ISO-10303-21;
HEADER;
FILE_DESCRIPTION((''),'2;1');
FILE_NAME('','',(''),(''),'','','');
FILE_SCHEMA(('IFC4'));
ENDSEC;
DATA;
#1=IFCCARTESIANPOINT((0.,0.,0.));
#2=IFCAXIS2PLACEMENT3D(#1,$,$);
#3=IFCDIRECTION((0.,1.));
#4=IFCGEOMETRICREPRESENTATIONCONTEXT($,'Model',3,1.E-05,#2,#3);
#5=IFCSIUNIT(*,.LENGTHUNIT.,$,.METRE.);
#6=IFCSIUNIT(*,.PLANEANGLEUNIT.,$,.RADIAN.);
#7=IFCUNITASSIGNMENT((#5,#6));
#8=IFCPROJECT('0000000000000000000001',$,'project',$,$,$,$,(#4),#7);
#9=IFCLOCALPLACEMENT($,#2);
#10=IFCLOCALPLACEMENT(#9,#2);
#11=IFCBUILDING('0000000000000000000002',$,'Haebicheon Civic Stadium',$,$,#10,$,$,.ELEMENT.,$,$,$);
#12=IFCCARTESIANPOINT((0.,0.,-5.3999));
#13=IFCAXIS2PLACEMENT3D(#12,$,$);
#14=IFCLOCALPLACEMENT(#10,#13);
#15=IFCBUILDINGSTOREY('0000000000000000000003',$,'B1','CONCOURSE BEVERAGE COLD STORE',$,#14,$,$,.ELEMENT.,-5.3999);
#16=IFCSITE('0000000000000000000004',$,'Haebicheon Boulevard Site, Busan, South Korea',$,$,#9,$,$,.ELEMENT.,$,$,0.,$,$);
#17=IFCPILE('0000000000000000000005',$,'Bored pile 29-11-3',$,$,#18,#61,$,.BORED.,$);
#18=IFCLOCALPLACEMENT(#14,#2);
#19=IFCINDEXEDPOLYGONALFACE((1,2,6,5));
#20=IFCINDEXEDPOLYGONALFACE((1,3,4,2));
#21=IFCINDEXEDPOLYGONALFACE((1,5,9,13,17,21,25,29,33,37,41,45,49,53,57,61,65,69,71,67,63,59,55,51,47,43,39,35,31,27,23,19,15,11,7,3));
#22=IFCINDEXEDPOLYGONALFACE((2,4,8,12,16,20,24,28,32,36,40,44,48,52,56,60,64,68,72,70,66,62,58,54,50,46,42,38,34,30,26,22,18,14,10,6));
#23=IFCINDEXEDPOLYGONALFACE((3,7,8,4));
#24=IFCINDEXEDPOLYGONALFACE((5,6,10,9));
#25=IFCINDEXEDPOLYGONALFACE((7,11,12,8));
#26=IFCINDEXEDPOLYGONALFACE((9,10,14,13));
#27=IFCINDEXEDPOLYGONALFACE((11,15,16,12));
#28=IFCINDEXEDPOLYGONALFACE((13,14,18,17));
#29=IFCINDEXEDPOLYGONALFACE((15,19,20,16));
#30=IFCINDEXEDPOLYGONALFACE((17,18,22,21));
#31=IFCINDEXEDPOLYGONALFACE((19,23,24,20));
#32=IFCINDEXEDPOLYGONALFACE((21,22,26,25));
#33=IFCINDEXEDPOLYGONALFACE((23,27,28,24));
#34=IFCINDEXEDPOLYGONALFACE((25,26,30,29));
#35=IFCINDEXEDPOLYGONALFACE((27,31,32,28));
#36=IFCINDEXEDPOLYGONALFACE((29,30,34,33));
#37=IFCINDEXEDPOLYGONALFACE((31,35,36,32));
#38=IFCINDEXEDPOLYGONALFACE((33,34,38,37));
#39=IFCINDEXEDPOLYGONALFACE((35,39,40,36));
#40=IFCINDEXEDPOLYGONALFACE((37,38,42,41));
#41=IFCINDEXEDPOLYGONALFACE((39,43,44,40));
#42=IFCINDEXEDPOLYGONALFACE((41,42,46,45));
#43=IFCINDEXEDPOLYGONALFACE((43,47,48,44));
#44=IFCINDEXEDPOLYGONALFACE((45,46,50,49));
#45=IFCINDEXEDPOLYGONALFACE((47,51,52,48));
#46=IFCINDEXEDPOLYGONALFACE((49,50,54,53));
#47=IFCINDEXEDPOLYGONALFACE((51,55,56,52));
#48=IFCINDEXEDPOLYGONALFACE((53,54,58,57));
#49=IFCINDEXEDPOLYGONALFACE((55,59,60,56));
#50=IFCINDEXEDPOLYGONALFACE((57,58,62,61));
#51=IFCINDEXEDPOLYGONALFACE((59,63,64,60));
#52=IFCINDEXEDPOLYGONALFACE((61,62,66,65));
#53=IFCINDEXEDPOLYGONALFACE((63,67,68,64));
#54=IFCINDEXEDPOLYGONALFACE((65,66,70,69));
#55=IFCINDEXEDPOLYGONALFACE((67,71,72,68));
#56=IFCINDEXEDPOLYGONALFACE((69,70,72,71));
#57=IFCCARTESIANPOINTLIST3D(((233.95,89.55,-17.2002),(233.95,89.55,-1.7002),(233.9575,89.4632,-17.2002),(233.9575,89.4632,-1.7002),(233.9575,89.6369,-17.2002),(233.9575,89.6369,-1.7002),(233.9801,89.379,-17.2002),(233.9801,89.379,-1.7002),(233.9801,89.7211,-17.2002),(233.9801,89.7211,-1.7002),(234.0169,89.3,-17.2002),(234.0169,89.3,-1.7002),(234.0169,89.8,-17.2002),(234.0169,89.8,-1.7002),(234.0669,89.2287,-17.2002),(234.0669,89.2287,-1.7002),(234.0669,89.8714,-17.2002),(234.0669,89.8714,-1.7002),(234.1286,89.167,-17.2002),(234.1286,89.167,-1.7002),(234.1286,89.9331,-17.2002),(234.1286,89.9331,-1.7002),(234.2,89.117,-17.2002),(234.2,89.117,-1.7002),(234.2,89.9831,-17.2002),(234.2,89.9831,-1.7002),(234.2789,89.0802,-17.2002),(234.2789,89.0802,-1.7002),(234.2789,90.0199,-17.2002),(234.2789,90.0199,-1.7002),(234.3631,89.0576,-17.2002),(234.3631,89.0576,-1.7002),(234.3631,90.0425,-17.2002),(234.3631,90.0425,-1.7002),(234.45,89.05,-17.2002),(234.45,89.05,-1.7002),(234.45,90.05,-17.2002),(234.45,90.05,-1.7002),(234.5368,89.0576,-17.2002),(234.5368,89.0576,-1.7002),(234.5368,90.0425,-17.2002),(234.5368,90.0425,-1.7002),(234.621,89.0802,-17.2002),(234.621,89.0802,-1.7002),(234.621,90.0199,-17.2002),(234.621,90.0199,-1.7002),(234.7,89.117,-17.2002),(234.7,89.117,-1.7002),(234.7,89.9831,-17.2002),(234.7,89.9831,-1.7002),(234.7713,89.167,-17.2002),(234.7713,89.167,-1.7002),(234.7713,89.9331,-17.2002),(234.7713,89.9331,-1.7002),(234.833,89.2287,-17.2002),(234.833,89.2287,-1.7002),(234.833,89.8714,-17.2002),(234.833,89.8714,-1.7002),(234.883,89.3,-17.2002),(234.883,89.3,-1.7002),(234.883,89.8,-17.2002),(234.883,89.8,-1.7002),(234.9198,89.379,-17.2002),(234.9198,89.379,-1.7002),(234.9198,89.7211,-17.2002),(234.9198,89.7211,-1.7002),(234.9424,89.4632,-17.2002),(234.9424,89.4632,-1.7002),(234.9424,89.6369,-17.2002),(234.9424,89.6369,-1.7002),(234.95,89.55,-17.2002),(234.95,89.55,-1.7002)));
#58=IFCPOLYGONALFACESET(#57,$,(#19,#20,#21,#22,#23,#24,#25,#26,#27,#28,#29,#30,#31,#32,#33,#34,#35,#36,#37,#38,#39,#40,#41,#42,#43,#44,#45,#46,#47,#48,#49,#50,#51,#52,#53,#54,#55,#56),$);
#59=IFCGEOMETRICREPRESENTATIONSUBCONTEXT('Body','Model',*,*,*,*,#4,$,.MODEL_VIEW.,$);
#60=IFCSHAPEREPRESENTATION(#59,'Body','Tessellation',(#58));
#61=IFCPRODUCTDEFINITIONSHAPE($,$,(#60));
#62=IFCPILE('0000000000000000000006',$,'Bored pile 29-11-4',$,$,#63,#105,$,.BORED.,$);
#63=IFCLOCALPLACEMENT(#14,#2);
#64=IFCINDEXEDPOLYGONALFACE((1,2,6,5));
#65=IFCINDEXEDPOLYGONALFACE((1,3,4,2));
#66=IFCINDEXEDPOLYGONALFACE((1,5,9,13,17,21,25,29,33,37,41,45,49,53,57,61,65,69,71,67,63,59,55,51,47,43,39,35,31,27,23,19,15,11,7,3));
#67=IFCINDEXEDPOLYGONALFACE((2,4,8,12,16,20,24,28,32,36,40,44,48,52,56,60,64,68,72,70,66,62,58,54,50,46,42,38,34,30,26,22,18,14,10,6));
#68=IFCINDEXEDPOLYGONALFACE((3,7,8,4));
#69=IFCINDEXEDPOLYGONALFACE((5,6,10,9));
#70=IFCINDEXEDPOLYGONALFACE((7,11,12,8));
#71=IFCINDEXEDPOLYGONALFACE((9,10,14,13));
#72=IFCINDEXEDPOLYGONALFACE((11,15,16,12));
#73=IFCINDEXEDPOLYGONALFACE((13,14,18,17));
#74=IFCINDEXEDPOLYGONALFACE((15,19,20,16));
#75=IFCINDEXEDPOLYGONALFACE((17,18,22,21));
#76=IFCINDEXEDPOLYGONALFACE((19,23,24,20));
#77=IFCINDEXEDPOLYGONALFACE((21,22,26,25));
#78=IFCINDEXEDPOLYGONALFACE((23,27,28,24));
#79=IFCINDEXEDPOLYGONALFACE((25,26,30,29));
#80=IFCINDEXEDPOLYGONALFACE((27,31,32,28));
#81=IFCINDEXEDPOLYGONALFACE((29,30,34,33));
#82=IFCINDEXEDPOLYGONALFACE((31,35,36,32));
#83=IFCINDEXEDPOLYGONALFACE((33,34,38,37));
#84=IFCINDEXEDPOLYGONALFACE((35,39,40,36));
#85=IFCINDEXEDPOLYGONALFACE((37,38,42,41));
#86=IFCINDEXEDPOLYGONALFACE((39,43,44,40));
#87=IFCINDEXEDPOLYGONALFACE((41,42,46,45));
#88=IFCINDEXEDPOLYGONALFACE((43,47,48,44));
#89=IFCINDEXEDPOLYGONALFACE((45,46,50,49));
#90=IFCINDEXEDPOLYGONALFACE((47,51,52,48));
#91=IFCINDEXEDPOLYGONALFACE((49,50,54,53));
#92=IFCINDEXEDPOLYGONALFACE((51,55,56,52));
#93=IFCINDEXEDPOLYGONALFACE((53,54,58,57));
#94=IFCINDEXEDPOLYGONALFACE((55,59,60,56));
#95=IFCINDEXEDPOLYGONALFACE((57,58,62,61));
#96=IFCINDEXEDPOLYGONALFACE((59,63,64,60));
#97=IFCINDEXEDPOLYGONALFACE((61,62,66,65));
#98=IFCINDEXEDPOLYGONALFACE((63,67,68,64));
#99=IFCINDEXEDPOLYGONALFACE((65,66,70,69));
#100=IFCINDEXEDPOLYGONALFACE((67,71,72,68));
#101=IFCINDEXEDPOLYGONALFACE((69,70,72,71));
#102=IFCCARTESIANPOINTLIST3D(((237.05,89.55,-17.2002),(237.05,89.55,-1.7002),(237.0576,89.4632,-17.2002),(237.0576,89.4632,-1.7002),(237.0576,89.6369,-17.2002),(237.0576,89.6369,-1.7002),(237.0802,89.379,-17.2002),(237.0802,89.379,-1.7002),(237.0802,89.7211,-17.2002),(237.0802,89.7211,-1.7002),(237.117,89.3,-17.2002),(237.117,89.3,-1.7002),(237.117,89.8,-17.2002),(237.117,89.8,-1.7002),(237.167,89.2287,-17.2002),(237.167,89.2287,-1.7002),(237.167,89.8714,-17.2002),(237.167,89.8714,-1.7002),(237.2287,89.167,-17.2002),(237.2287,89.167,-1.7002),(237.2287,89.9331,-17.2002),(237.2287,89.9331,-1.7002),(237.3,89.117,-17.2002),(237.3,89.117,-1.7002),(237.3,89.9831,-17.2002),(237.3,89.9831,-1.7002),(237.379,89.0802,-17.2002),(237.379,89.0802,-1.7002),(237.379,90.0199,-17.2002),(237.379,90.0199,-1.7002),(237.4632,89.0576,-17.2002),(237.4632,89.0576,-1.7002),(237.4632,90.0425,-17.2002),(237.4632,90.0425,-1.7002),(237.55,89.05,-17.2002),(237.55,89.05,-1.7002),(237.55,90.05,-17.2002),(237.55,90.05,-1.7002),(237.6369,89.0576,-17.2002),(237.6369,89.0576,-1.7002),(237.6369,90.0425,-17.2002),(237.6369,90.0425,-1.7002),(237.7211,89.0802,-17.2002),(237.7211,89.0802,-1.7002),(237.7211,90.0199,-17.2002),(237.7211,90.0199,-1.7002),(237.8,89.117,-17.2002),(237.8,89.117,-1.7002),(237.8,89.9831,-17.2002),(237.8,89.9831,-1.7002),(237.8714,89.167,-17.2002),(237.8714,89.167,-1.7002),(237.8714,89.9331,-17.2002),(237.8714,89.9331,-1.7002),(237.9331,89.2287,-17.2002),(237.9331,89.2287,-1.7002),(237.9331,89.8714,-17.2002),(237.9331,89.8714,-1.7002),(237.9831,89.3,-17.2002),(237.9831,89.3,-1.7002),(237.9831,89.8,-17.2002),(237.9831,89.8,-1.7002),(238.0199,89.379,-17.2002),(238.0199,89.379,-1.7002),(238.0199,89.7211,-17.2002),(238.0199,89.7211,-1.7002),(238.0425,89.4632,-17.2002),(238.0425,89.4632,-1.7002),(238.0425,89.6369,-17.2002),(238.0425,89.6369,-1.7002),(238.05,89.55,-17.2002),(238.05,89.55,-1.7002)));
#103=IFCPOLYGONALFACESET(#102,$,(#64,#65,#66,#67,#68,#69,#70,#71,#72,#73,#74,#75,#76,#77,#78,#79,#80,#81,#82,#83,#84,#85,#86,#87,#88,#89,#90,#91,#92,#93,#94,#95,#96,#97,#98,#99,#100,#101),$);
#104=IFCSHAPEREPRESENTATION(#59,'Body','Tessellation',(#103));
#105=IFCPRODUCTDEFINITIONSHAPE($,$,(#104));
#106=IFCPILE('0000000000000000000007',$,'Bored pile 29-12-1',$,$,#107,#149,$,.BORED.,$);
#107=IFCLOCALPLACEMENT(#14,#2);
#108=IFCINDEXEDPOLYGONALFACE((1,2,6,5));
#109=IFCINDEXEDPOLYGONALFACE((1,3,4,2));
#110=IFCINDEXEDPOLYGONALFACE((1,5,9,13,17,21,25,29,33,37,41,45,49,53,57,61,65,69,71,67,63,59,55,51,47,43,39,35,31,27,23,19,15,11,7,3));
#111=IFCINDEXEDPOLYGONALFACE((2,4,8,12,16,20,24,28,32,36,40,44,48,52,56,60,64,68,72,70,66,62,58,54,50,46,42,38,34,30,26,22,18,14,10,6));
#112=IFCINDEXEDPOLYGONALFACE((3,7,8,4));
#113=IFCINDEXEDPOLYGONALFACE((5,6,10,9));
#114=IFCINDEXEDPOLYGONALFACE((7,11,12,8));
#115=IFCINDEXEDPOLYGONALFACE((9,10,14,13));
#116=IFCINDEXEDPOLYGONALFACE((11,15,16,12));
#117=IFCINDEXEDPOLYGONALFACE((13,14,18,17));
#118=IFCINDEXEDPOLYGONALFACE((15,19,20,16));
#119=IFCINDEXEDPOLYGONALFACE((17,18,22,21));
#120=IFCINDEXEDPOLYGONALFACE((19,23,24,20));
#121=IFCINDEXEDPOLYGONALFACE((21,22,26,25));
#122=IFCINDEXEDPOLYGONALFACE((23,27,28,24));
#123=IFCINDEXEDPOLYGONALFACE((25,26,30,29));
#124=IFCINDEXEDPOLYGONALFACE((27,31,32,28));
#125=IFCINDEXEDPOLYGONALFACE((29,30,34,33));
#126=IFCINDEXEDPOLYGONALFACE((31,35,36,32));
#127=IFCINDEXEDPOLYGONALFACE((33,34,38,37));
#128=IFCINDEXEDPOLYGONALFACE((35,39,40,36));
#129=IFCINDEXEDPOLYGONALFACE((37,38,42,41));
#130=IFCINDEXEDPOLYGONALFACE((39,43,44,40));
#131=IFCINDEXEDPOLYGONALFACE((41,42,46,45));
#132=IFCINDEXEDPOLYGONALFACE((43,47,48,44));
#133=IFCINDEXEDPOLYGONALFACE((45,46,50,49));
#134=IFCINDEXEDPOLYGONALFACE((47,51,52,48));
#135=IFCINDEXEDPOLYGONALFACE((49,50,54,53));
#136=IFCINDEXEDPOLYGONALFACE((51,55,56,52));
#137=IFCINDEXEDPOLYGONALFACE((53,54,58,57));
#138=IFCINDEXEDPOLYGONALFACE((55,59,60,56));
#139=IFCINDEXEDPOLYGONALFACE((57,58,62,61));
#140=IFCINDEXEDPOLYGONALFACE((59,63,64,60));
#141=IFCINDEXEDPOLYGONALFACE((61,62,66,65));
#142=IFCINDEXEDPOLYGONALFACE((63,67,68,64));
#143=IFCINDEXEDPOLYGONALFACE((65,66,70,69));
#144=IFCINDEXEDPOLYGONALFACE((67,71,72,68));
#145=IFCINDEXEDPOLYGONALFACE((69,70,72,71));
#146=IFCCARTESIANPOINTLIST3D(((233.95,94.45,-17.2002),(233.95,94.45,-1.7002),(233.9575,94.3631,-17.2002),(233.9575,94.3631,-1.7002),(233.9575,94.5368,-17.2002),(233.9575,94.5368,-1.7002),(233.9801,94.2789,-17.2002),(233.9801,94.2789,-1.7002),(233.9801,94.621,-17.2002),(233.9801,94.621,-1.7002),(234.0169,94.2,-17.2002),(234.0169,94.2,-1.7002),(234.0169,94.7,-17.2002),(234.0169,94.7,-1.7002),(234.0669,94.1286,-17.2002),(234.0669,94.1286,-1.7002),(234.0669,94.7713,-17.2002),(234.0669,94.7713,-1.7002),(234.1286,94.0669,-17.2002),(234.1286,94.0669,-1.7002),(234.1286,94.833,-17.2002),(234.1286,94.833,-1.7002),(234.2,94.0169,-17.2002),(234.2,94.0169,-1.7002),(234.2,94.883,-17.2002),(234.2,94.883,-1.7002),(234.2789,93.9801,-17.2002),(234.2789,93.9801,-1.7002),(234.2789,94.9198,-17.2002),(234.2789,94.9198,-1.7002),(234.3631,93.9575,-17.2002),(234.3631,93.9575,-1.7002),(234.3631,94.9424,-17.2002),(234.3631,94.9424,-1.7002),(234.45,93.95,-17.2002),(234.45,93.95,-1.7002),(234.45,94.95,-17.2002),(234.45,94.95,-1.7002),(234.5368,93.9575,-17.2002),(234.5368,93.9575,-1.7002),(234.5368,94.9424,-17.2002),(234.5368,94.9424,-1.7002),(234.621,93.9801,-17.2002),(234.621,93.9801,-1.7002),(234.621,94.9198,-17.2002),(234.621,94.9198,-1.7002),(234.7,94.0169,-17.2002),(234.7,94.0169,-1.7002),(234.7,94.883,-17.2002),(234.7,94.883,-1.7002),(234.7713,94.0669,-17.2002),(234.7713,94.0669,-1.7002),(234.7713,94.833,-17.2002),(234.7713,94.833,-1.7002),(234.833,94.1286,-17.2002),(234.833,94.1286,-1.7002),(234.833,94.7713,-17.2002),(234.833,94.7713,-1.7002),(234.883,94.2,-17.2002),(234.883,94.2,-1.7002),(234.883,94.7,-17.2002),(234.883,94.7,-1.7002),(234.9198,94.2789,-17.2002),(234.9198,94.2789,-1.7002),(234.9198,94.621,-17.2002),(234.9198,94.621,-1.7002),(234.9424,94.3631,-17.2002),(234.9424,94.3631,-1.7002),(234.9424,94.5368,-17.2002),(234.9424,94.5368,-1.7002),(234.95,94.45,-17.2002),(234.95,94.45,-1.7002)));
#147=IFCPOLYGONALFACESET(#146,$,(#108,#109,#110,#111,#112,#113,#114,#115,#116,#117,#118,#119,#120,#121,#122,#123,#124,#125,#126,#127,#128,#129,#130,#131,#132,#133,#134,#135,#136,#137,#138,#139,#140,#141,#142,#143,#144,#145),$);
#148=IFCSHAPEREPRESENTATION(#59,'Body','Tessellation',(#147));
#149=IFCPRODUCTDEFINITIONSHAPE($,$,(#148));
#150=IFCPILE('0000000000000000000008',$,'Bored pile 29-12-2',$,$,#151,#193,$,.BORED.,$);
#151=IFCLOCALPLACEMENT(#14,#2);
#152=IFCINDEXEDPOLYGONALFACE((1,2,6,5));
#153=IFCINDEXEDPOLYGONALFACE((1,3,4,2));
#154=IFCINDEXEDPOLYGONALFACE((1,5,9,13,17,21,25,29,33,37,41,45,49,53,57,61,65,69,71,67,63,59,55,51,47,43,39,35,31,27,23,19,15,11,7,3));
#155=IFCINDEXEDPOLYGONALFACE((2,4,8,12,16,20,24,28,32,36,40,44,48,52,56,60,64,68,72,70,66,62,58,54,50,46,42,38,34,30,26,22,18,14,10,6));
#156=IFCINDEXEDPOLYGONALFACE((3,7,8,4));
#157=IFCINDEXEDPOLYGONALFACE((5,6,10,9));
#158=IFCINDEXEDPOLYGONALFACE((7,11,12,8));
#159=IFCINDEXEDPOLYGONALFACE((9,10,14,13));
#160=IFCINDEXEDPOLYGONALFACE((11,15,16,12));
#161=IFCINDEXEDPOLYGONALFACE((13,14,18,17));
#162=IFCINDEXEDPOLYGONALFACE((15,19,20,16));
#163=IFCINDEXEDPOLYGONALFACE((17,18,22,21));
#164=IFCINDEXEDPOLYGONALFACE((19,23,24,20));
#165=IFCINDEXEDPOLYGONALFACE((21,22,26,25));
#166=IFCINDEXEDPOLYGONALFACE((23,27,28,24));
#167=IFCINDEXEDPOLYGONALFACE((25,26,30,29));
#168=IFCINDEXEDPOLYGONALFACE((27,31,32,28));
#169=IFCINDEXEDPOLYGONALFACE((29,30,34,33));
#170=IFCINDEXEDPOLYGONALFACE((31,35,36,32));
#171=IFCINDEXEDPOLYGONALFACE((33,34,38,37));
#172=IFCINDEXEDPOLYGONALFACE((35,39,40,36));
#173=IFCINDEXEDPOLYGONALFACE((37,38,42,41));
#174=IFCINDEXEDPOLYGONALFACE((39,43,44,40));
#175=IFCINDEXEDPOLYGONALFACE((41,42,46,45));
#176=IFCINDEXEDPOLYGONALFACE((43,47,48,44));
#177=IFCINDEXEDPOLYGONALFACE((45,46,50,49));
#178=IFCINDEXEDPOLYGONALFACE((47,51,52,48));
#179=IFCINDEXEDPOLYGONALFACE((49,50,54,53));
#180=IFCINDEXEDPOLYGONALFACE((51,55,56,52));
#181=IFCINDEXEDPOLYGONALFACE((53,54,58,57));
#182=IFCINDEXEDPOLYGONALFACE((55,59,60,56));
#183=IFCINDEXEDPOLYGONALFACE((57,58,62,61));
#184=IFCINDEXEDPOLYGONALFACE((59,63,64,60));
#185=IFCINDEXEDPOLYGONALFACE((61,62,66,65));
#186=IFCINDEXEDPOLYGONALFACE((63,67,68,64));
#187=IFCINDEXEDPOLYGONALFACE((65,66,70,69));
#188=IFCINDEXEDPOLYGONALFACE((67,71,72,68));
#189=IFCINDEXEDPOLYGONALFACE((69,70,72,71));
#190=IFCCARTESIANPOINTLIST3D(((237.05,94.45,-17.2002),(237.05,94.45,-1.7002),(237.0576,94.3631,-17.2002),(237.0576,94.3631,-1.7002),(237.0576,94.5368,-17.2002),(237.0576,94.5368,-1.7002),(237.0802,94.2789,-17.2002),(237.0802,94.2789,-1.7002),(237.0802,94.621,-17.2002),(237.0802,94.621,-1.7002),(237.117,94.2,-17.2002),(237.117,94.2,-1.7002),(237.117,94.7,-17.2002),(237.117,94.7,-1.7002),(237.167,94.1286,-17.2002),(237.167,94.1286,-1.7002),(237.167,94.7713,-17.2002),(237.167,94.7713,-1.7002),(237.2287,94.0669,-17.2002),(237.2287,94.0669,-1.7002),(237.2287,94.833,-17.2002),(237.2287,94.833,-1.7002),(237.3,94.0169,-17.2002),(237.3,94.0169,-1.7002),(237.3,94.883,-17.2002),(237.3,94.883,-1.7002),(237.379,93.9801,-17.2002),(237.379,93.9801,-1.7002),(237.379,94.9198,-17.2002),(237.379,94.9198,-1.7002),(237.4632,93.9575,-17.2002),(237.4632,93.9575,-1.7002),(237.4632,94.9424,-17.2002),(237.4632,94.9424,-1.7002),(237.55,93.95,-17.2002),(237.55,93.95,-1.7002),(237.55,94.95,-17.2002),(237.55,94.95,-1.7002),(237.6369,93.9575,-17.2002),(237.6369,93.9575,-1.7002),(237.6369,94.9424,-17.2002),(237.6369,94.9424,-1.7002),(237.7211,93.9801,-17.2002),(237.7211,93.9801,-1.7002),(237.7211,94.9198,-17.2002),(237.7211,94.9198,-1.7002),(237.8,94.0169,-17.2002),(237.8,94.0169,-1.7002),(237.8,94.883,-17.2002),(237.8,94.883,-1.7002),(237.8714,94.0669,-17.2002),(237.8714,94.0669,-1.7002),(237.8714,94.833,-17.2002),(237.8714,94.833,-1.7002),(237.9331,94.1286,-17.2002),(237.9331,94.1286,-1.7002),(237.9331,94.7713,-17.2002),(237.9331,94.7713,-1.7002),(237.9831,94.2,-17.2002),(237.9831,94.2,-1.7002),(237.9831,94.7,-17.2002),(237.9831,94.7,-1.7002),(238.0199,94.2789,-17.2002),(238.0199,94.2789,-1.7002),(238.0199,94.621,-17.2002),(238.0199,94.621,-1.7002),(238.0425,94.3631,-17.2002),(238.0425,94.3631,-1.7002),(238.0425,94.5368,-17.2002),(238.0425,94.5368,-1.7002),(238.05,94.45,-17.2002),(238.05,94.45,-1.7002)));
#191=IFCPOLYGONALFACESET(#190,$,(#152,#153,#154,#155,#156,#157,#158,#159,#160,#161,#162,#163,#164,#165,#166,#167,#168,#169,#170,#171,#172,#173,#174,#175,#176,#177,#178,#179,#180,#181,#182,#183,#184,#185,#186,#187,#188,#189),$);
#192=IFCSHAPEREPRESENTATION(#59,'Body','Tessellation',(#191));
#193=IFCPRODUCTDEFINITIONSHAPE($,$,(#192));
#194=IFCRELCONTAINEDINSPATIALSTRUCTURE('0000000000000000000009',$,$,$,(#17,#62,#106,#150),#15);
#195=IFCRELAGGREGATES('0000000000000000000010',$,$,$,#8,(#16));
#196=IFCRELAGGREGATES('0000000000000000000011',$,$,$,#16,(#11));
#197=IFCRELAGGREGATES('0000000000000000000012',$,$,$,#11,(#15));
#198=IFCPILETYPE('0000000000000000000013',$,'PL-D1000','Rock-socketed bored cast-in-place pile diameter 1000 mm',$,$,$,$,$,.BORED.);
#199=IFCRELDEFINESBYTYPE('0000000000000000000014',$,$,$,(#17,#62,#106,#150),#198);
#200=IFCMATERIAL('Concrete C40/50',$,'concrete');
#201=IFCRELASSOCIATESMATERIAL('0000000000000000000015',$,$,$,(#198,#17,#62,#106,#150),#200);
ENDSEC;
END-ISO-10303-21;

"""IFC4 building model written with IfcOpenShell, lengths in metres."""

from ifc_helpers import new_model, si_unit, direction, frame, origin, origin_2d, place, context, subcontext, project, spatial, circle, extrude, material, material_profile, profile_set, type_object, element, save


model = new_model("IFC4")

# Units and contexts
model_context = context("Model", 3, precision=1e-05, world=origin(), true_north=direction((0.0, 1.0)))
body_context = subcontext(model_context, "Body", "Model", "MODEL_VIEW")
ifc_project = project(units=[si_unit("LENGTHUNIT", "METRE"), si_unit("PLANEANGLEUNIT", "RADIAN")], contexts=[model_context])

# Site, building, storey
site_placement = place(None, origin())
site = spatial("IfcSite", under=ifc_project, at=site_placement, Name="Haebicheon Boulevard Site, Busan, South Korea", CompositionType="ELEMENT", RefElevation=0.0)
building_placement = place(site_placement, origin())
building = spatial("IfcBuilding", under=site, at=building_placement, Name="Haebicheon Civic Stadium", CompositionType="ELEMENT")
storey_placement = place(building_placement, frame((0.0, 0.0, -5.3999)))
storey = spatial("IfcBuildingStorey", under=building, at=storey_placement, Name="B1", Description="CONCOURSE BEVERAGE COLD STORE", CompositionType="ELEMENT", Elevation=-5.3999)

# Piles
ifc_material_1 = material(Name="Concrete C40/50", Category="concrete")
ifc_material_profile_1 = material_profile(ifc_material_1, circle(Radius=0.5, at=origin_2d()), Name="PILE-D1000")
ifc_profile_set_1 = profile_set([ifc_material_profile_1], Name="Concrete C40/50")
pile_type = type_object("IfcPileType", Name="PL-D1000", Description="Rock-socketed bored cast-in-place pile diameter 1000 mm", PredefinedType="BORED", material=ifc_profile_set_1)
for number, where, z_axis, x_axis, name in (
    (1, (234.45, 89.55, -1.7002), (0.0, 0.0, -1.0), (1.0, 0.0, 0.0), "Bored pile 29-11-3"),
    (2, (237.55, 89.55, -1.7002), (0.0, 0.0, -1.0), (1.0, 0.0, 0.0), "Bored pile 29-11-4"),
    (3, (234.45, 94.45, -1.7002), (0.0, 0.0, -1.0), (1.0, 0.0, 0.0), "Bored pile 29-12-1"),
    (4, (237.55, 94.45, -1.7002), (0.0, 0.0, -1.0), (1.0, 0.0, 0.0), "Bored pile 29-12-2"),
):
    element("IfcPile", number, at=place(storey_placement, frame(where, z_axis=z_axis, x_axis=x_axis)), inside=storey, type_object=pile_type, material=ifc_profile_set_1, Name=name, PredefinedType="BORED", context=body_context, shape_type="SweptSolid", body=[
        extrude(circle(Radius=0.5, at=origin_2d()), origin(), (0.0, 0.0, 1.0), 15.5),
    ])

save(model, "model.ifc")
